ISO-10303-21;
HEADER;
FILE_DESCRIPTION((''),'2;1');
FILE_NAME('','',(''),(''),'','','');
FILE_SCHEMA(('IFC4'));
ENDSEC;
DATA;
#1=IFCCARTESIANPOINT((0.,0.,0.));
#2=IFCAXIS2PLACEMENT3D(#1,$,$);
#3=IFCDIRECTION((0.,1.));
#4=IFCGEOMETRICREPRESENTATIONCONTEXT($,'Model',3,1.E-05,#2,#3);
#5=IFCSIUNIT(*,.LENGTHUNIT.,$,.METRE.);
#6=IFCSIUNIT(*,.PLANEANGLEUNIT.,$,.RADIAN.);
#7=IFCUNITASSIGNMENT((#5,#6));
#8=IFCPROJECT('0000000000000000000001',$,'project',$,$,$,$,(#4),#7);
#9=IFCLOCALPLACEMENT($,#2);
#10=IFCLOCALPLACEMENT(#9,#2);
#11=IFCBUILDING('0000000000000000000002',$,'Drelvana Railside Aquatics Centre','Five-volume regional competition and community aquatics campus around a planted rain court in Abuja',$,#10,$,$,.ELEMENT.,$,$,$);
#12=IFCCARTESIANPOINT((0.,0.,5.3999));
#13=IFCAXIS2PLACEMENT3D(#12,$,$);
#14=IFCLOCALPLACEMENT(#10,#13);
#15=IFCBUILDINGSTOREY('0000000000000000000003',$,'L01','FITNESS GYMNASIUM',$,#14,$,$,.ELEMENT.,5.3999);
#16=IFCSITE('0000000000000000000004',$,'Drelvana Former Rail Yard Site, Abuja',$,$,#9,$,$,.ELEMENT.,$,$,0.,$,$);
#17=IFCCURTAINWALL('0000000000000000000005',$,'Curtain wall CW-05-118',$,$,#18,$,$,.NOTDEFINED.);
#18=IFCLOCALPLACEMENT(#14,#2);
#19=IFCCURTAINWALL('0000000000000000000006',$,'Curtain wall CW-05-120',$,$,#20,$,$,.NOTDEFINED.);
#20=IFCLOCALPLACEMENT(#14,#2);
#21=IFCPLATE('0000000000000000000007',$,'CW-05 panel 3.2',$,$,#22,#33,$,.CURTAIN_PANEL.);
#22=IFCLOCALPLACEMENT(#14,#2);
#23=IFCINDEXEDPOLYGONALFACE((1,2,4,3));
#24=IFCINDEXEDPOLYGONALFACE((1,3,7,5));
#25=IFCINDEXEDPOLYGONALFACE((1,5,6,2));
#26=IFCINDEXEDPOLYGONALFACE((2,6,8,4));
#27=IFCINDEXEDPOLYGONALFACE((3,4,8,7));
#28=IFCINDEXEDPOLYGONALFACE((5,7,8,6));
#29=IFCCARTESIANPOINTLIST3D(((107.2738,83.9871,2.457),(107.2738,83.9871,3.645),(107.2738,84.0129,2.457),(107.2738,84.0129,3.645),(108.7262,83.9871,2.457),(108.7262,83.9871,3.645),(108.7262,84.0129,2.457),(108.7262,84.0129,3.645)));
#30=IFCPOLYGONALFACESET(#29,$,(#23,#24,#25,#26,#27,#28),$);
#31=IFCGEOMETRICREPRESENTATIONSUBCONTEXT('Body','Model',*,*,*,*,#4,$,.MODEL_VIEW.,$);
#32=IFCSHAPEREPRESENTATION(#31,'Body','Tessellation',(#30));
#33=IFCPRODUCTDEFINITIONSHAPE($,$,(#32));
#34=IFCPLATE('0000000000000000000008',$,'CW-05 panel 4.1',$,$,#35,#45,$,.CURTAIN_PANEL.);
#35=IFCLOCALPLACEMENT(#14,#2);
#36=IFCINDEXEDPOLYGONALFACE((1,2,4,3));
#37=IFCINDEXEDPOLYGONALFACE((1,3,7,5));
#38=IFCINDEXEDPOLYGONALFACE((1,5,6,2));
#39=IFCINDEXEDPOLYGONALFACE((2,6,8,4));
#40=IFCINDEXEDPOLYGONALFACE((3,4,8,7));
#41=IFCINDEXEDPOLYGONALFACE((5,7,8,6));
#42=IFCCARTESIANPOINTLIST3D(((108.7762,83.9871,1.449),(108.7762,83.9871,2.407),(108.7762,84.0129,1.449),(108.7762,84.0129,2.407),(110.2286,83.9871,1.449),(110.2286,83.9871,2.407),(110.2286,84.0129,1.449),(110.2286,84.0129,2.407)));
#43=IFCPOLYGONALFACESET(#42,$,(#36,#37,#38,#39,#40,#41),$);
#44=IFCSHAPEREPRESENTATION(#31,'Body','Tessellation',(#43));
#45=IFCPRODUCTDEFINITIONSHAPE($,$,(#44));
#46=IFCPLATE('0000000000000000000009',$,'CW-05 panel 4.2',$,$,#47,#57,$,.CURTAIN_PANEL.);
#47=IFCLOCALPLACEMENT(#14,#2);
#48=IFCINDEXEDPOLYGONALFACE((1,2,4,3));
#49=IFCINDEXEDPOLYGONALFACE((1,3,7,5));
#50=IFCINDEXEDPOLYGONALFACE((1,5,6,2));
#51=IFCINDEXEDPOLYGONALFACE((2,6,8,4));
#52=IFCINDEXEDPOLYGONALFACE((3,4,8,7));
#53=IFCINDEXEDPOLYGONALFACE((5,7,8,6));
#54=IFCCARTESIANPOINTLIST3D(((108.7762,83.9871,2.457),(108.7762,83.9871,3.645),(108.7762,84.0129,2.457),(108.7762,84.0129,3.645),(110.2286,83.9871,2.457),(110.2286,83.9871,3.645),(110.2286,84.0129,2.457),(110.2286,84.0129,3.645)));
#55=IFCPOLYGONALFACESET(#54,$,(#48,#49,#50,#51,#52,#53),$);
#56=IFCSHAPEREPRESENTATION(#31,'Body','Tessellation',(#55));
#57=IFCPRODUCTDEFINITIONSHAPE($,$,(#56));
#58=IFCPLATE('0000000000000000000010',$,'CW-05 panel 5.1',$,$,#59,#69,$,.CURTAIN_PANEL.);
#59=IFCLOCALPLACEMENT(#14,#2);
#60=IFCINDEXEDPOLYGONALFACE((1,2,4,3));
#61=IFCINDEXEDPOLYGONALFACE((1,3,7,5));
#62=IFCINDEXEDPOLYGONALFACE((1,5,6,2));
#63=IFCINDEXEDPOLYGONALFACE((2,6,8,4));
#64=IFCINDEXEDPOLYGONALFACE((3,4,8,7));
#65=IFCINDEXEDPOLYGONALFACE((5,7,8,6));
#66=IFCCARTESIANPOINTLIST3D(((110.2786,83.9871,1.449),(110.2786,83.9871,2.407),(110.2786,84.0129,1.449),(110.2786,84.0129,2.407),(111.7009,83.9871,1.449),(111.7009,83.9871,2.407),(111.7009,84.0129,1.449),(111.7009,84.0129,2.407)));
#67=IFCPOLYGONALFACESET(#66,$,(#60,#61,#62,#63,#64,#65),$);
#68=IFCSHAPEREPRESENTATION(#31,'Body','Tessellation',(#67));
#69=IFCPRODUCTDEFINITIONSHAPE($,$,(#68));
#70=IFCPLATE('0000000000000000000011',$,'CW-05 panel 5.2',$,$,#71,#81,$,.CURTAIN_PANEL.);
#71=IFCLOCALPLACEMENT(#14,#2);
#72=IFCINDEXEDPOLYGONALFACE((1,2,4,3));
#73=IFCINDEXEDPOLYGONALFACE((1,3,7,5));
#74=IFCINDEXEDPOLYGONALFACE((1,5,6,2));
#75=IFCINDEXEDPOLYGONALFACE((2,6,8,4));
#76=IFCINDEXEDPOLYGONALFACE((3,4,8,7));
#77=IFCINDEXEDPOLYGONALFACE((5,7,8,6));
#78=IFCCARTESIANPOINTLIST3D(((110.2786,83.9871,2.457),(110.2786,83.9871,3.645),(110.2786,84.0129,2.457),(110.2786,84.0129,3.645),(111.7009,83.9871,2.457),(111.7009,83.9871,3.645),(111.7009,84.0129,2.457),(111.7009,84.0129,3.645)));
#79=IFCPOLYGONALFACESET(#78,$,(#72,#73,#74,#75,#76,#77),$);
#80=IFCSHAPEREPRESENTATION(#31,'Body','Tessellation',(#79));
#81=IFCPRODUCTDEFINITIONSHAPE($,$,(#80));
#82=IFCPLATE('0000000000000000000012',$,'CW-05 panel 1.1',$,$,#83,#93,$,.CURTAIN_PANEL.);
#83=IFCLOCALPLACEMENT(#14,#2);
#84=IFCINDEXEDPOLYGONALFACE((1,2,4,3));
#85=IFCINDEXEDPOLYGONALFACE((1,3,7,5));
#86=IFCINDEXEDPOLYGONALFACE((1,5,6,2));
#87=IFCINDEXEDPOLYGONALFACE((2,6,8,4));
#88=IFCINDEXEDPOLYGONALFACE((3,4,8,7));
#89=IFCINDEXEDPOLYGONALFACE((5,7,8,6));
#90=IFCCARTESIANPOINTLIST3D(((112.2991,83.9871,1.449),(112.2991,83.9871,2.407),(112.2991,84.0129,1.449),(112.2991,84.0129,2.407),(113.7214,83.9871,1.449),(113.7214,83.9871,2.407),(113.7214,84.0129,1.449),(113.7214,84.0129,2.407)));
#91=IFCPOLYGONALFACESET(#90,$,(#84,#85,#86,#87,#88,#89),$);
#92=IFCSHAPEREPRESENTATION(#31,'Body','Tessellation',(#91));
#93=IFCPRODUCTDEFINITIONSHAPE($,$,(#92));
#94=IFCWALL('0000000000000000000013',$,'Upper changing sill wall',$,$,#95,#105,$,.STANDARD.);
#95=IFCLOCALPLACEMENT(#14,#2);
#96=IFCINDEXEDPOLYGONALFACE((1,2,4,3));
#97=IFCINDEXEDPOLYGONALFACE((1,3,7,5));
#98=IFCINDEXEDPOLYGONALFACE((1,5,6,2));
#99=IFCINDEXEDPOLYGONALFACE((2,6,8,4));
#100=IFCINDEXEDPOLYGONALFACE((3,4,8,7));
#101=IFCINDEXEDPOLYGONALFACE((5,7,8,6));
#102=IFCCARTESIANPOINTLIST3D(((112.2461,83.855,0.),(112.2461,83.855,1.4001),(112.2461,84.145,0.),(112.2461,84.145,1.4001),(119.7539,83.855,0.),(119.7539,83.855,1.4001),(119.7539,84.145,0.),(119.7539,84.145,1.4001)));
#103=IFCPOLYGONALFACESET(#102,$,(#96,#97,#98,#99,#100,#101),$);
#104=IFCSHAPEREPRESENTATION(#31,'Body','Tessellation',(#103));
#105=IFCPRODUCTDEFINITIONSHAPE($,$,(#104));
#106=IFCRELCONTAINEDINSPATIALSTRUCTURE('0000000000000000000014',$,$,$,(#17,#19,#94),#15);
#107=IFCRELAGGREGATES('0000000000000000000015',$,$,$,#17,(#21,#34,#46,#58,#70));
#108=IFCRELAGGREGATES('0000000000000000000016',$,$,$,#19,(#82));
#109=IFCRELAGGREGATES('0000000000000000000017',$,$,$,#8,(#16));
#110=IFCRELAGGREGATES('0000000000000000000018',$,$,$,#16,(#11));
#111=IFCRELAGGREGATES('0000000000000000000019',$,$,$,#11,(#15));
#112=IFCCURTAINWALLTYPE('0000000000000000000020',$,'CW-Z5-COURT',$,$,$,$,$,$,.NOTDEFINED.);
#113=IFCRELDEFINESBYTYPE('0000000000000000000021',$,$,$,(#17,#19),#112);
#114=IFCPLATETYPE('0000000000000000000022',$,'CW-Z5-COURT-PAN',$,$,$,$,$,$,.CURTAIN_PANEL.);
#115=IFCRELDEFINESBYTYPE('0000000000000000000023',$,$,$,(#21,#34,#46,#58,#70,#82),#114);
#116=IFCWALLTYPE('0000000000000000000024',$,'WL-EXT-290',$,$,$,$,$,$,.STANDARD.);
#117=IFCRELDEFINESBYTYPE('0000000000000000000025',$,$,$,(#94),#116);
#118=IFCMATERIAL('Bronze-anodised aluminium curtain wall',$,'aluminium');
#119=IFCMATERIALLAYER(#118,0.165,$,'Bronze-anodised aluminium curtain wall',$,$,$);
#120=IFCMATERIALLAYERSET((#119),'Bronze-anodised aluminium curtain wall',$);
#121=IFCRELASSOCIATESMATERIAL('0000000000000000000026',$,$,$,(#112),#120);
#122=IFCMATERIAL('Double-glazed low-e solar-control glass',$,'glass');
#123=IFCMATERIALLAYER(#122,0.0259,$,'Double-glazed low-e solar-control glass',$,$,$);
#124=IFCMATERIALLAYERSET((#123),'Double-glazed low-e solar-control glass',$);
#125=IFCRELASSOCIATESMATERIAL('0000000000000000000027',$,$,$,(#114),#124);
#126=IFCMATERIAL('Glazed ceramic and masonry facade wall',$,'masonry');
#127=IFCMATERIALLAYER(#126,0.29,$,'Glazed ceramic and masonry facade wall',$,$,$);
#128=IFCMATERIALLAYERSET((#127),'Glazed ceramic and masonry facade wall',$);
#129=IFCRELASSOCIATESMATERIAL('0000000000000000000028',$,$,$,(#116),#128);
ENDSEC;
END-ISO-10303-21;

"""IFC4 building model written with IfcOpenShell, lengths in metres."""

from ifc_helpers import new_model, si_unit, direction, frame, frame_2d, origin, origin_2d, place, context, subcontext, project, spatial, rectangle, extrude, material, layer, layer_set, type_object, element, aggregate, save


model = new_model("IFC4")

# Units and contexts
model_context = context("Model", 3, precision=1e-05, world=origin(), true_north=direction((0.0, 1.0)))
body_context = subcontext(model_context, "Body", "Model", "MODEL_VIEW")
ifc_project = project(units=[si_unit("LENGTHUNIT", "METRE"), si_unit("PLANEANGLEUNIT", "RADIAN")], contexts=[model_context])

# Site, building, storey
site_placement = place(None, origin())
site = spatial("IfcSite", under=ifc_project, at=site_placement, Name="Drelvana Former Rail Yard Site, Abuja", CompositionType="ELEMENT", RefElevation=0.0)
building_placement = place(site_placement, origin())
building = spatial("IfcBuilding", under=site, at=building_placement, Name="Drelvana Railside Aquatics Centre", Description="Five-volume regional competition and community aquatics campus around a planted rain court in Abuja", CompositionType="ELEMENT")
storey_placement = place(building_placement, frame((0.0, 0.0, 5.3999)))
storey = spatial("IfcBuildingStorey", under=building, at=storey_placement, Name="L01", Description="FITNESS GYMNASIUM", CompositionType="ELEMENT", Elevation=5.3999)

# Curtain wall
ifc_material_1 = material(Name="Bronze-anodised aluminium curtain wall", Category="aluminium")
ifc_layer_1 = layer(ifc_material_1, 0.165, Name="Bronze-anodised aluminium curtain wall")
ifc_layer_set_1 = layer_set([ifc_layer_1], Name="Bronze-anodised aluminium curtain wall")
curtain_wall_type = type_object("IfcCurtainWallType", Name="CW-Z5-COURT", PredefinedType="NOTDEFINED", material=ifc_layer_set_1)
curtain_wall_1_placement = place(storey_placement, origin())
curtain_wall_1 = element("IfcCurtainWall", 1, at=curtain_wall_1_placement, inside=storey, type_object=curtain_wall_type, Name="Curtain wall CW-05-118", PredefinedType="NOTDEFINED")

# Curtain wall
curtain_wall_2_placement = place(storey_placement, origin())
curtain_wall_2 = element("IfcCurtainWall", 2, at=curtain_wall_2_placement, inside=storey, type_object=curtain_wall_type, Name="Curtain wall CW-05-120", PredefinedType="NOTDEFINED")

# Plates
ifc_material_2 = material(Name="Double-glazed low-e solar-control glass", Category="glass")
ifc_layer_2 = layer(ifc_material_2, 0.0259, Name="Double-glazed low-e solar-control glass")
ifc_layer_set_2 = layer_set([ifc_layer_2], Name="Double-glazed low-e solar-control glass")
plate_type = type_object("IfcPlateType", Name="CW-Z5-COURT-PAN", PredefinedType="CURTAIN_PANEL", material=ifc_layer_set_2)
plate_1_placement = place(storey_placement, frame((108.0, 84.0, 2.457), z_axis=(0.0, 0.0, 1.0), x_axis=(1.0, 0.0, 0.0)))
plate_1 = element("IfcPlate", 3, at=plate_1_placement, type_object=plate_type, Name="CW-05 panel 3.2", PredefinedType="CURTAIN_PANEL", context=body_context, shape_type="SweptSolid", body=[
    extrude(rectangle(XDim=1.4524, YDim=0.0259, at=origin_2d()), origin(), (0.0, 0.0, 1.0), 1.188),
])
plate_2_placement = place(storey_placement, frame((109.5024, 84.0, 1.449), z_axis=(0.0, 0.0, 1.0), x_axis=(1.0, 0.0, 0.0)))
plate_2 = element("IfcPlate", 4, at=plate_2_placement, type_object=plate_type, Name="CW-05 panel 4.1", PredefinedType="CURTAIN_PANEL", context=body_context, shape_type="SweptSolid", body=[
    extrude(rectangle(XDim=1.4524, YDim=0.0259, at=origin_2d()), origin(), (0.0, 0.0, 1.0), 0.958),
])
plate_3_placement = place(storey_placement, frame((109.5024, 84.0, 2.457), z_axis=(0.0, 0.0, 1.0), x_axis=(1.0, 0.0, 0.0)))
plate_3 = element("IfcPlate", 5, at=plate_3_placement, type_object=plate_type, Name="CW-05 panel 4.2", PredefinedType="CURTAIN_PANEL", context=body_context, shape_type="SweptSolid", body=[
    extrude(rectangle(XDim=1.4524, YDim=0.0259, at=origin_2d()), origin(), (0.0, 0.0, 1.0), 1.188),
])
plate_4_placement = place(storey_placement, frame((110.9897, 84.0, 1.449), z_axis=(0.0, 0.0, 1.0), x_axis=(1.0, 0.0, 0.0)))
plate_4 = element("IfcPlate", 6, at=plate_4_placement, type_object=plate_type, Name="CW-05 panel 5.1", PredefinedType="CURTAIN_PANEL", context=body_context, shape_type="SweptSolid", body=[
    extrude(rectangle(XDim=1.4224, YDim=0.0259, at=origin_2d()), origin(), (0.0, 0.0, 1.0), 0.958),
])
plate_5_placement = place(storey_placement, frame((110.9897, 84.0, 2.457), z_axis=(0.0, 0.0, 1.0), x_axis=(1.0, 0.0, 0.0)))
plate_5 = element("IfcPlate", 7, at=plate_5_placement, type_object=plate_type, Name="CW-05 panel 5.2", PredefinedType="CURTAIN_PANEL", context=body_context, shape_type="SweptSolid", body=[
    extrude(rectangle(XDim=1.4224, YDim=0.0259, at=origin_2d()), origin(), (0.0, 0.0, 1.0), 1.188),
])
aggregate(curtain_wall_1, [plate_1, plate_2, plate_3, plate_4, plate_5])
plate_6_placement = place(storey_placement, frame((113.0103, 84.0, 1.449), z_axis=(0.0, 0.0, 1.0), x_axis=(1.0, 0.0, 0.0)))
plate_6 = element("IfcPlate", 8, at=plate_6_placement, type_object=plate_type, Name="CW-05 panel 1.1", PredefinedType="CURTAIN_PANEL", context=body_context, shape_type="SweptSolid", body=[
    extrude(rectangle(XDim=1.4224, YDim=0.0259, at=origin_2d()), origin(), (0.0, 0.0, 1.0), 0.958),
])
aggregate(curtain_wall_2, [plate_6])

# Wall
ifc_material_3 = material(Name="Glazed ceramic and masonry facade wall", Category="masonry")
ifc_layer_3 = layer(ifc_material_3, 0.29, Name="Glazed ceramic and masonry facade wall")
ifc_layer_set_3 = layer_set([ifc_layer_3], Name="Glazed ceramic and masonry facade wall")
wall_type = type_object("IfcWallType", Name="WL-EXT-290", PredefinedType="STANDARD", material=ifc_layer_set_3)
wall_placement = place(storey_placement, frame((112.2461, 84.0, 0.0), z_axis=(0.0, 0.0, 1.0), x_axis=(1.0, 0.0, 0.0)))
element("IfcWall", 9, at=wall_placement, inside=storey, type_object=wall_type, Name="Upper changing sill wall", PredefinedType="STANDARD", context=body_context, shape_type="SweptSolid", body=[
    extrude(rectangle(XDim=7.5078, YDim=0.29, at=frame_2d((3.7539, 0.0))), origin(), (0.0, 0.0, 1.0), 1.4001),
])

save(model, "model.ifc")
